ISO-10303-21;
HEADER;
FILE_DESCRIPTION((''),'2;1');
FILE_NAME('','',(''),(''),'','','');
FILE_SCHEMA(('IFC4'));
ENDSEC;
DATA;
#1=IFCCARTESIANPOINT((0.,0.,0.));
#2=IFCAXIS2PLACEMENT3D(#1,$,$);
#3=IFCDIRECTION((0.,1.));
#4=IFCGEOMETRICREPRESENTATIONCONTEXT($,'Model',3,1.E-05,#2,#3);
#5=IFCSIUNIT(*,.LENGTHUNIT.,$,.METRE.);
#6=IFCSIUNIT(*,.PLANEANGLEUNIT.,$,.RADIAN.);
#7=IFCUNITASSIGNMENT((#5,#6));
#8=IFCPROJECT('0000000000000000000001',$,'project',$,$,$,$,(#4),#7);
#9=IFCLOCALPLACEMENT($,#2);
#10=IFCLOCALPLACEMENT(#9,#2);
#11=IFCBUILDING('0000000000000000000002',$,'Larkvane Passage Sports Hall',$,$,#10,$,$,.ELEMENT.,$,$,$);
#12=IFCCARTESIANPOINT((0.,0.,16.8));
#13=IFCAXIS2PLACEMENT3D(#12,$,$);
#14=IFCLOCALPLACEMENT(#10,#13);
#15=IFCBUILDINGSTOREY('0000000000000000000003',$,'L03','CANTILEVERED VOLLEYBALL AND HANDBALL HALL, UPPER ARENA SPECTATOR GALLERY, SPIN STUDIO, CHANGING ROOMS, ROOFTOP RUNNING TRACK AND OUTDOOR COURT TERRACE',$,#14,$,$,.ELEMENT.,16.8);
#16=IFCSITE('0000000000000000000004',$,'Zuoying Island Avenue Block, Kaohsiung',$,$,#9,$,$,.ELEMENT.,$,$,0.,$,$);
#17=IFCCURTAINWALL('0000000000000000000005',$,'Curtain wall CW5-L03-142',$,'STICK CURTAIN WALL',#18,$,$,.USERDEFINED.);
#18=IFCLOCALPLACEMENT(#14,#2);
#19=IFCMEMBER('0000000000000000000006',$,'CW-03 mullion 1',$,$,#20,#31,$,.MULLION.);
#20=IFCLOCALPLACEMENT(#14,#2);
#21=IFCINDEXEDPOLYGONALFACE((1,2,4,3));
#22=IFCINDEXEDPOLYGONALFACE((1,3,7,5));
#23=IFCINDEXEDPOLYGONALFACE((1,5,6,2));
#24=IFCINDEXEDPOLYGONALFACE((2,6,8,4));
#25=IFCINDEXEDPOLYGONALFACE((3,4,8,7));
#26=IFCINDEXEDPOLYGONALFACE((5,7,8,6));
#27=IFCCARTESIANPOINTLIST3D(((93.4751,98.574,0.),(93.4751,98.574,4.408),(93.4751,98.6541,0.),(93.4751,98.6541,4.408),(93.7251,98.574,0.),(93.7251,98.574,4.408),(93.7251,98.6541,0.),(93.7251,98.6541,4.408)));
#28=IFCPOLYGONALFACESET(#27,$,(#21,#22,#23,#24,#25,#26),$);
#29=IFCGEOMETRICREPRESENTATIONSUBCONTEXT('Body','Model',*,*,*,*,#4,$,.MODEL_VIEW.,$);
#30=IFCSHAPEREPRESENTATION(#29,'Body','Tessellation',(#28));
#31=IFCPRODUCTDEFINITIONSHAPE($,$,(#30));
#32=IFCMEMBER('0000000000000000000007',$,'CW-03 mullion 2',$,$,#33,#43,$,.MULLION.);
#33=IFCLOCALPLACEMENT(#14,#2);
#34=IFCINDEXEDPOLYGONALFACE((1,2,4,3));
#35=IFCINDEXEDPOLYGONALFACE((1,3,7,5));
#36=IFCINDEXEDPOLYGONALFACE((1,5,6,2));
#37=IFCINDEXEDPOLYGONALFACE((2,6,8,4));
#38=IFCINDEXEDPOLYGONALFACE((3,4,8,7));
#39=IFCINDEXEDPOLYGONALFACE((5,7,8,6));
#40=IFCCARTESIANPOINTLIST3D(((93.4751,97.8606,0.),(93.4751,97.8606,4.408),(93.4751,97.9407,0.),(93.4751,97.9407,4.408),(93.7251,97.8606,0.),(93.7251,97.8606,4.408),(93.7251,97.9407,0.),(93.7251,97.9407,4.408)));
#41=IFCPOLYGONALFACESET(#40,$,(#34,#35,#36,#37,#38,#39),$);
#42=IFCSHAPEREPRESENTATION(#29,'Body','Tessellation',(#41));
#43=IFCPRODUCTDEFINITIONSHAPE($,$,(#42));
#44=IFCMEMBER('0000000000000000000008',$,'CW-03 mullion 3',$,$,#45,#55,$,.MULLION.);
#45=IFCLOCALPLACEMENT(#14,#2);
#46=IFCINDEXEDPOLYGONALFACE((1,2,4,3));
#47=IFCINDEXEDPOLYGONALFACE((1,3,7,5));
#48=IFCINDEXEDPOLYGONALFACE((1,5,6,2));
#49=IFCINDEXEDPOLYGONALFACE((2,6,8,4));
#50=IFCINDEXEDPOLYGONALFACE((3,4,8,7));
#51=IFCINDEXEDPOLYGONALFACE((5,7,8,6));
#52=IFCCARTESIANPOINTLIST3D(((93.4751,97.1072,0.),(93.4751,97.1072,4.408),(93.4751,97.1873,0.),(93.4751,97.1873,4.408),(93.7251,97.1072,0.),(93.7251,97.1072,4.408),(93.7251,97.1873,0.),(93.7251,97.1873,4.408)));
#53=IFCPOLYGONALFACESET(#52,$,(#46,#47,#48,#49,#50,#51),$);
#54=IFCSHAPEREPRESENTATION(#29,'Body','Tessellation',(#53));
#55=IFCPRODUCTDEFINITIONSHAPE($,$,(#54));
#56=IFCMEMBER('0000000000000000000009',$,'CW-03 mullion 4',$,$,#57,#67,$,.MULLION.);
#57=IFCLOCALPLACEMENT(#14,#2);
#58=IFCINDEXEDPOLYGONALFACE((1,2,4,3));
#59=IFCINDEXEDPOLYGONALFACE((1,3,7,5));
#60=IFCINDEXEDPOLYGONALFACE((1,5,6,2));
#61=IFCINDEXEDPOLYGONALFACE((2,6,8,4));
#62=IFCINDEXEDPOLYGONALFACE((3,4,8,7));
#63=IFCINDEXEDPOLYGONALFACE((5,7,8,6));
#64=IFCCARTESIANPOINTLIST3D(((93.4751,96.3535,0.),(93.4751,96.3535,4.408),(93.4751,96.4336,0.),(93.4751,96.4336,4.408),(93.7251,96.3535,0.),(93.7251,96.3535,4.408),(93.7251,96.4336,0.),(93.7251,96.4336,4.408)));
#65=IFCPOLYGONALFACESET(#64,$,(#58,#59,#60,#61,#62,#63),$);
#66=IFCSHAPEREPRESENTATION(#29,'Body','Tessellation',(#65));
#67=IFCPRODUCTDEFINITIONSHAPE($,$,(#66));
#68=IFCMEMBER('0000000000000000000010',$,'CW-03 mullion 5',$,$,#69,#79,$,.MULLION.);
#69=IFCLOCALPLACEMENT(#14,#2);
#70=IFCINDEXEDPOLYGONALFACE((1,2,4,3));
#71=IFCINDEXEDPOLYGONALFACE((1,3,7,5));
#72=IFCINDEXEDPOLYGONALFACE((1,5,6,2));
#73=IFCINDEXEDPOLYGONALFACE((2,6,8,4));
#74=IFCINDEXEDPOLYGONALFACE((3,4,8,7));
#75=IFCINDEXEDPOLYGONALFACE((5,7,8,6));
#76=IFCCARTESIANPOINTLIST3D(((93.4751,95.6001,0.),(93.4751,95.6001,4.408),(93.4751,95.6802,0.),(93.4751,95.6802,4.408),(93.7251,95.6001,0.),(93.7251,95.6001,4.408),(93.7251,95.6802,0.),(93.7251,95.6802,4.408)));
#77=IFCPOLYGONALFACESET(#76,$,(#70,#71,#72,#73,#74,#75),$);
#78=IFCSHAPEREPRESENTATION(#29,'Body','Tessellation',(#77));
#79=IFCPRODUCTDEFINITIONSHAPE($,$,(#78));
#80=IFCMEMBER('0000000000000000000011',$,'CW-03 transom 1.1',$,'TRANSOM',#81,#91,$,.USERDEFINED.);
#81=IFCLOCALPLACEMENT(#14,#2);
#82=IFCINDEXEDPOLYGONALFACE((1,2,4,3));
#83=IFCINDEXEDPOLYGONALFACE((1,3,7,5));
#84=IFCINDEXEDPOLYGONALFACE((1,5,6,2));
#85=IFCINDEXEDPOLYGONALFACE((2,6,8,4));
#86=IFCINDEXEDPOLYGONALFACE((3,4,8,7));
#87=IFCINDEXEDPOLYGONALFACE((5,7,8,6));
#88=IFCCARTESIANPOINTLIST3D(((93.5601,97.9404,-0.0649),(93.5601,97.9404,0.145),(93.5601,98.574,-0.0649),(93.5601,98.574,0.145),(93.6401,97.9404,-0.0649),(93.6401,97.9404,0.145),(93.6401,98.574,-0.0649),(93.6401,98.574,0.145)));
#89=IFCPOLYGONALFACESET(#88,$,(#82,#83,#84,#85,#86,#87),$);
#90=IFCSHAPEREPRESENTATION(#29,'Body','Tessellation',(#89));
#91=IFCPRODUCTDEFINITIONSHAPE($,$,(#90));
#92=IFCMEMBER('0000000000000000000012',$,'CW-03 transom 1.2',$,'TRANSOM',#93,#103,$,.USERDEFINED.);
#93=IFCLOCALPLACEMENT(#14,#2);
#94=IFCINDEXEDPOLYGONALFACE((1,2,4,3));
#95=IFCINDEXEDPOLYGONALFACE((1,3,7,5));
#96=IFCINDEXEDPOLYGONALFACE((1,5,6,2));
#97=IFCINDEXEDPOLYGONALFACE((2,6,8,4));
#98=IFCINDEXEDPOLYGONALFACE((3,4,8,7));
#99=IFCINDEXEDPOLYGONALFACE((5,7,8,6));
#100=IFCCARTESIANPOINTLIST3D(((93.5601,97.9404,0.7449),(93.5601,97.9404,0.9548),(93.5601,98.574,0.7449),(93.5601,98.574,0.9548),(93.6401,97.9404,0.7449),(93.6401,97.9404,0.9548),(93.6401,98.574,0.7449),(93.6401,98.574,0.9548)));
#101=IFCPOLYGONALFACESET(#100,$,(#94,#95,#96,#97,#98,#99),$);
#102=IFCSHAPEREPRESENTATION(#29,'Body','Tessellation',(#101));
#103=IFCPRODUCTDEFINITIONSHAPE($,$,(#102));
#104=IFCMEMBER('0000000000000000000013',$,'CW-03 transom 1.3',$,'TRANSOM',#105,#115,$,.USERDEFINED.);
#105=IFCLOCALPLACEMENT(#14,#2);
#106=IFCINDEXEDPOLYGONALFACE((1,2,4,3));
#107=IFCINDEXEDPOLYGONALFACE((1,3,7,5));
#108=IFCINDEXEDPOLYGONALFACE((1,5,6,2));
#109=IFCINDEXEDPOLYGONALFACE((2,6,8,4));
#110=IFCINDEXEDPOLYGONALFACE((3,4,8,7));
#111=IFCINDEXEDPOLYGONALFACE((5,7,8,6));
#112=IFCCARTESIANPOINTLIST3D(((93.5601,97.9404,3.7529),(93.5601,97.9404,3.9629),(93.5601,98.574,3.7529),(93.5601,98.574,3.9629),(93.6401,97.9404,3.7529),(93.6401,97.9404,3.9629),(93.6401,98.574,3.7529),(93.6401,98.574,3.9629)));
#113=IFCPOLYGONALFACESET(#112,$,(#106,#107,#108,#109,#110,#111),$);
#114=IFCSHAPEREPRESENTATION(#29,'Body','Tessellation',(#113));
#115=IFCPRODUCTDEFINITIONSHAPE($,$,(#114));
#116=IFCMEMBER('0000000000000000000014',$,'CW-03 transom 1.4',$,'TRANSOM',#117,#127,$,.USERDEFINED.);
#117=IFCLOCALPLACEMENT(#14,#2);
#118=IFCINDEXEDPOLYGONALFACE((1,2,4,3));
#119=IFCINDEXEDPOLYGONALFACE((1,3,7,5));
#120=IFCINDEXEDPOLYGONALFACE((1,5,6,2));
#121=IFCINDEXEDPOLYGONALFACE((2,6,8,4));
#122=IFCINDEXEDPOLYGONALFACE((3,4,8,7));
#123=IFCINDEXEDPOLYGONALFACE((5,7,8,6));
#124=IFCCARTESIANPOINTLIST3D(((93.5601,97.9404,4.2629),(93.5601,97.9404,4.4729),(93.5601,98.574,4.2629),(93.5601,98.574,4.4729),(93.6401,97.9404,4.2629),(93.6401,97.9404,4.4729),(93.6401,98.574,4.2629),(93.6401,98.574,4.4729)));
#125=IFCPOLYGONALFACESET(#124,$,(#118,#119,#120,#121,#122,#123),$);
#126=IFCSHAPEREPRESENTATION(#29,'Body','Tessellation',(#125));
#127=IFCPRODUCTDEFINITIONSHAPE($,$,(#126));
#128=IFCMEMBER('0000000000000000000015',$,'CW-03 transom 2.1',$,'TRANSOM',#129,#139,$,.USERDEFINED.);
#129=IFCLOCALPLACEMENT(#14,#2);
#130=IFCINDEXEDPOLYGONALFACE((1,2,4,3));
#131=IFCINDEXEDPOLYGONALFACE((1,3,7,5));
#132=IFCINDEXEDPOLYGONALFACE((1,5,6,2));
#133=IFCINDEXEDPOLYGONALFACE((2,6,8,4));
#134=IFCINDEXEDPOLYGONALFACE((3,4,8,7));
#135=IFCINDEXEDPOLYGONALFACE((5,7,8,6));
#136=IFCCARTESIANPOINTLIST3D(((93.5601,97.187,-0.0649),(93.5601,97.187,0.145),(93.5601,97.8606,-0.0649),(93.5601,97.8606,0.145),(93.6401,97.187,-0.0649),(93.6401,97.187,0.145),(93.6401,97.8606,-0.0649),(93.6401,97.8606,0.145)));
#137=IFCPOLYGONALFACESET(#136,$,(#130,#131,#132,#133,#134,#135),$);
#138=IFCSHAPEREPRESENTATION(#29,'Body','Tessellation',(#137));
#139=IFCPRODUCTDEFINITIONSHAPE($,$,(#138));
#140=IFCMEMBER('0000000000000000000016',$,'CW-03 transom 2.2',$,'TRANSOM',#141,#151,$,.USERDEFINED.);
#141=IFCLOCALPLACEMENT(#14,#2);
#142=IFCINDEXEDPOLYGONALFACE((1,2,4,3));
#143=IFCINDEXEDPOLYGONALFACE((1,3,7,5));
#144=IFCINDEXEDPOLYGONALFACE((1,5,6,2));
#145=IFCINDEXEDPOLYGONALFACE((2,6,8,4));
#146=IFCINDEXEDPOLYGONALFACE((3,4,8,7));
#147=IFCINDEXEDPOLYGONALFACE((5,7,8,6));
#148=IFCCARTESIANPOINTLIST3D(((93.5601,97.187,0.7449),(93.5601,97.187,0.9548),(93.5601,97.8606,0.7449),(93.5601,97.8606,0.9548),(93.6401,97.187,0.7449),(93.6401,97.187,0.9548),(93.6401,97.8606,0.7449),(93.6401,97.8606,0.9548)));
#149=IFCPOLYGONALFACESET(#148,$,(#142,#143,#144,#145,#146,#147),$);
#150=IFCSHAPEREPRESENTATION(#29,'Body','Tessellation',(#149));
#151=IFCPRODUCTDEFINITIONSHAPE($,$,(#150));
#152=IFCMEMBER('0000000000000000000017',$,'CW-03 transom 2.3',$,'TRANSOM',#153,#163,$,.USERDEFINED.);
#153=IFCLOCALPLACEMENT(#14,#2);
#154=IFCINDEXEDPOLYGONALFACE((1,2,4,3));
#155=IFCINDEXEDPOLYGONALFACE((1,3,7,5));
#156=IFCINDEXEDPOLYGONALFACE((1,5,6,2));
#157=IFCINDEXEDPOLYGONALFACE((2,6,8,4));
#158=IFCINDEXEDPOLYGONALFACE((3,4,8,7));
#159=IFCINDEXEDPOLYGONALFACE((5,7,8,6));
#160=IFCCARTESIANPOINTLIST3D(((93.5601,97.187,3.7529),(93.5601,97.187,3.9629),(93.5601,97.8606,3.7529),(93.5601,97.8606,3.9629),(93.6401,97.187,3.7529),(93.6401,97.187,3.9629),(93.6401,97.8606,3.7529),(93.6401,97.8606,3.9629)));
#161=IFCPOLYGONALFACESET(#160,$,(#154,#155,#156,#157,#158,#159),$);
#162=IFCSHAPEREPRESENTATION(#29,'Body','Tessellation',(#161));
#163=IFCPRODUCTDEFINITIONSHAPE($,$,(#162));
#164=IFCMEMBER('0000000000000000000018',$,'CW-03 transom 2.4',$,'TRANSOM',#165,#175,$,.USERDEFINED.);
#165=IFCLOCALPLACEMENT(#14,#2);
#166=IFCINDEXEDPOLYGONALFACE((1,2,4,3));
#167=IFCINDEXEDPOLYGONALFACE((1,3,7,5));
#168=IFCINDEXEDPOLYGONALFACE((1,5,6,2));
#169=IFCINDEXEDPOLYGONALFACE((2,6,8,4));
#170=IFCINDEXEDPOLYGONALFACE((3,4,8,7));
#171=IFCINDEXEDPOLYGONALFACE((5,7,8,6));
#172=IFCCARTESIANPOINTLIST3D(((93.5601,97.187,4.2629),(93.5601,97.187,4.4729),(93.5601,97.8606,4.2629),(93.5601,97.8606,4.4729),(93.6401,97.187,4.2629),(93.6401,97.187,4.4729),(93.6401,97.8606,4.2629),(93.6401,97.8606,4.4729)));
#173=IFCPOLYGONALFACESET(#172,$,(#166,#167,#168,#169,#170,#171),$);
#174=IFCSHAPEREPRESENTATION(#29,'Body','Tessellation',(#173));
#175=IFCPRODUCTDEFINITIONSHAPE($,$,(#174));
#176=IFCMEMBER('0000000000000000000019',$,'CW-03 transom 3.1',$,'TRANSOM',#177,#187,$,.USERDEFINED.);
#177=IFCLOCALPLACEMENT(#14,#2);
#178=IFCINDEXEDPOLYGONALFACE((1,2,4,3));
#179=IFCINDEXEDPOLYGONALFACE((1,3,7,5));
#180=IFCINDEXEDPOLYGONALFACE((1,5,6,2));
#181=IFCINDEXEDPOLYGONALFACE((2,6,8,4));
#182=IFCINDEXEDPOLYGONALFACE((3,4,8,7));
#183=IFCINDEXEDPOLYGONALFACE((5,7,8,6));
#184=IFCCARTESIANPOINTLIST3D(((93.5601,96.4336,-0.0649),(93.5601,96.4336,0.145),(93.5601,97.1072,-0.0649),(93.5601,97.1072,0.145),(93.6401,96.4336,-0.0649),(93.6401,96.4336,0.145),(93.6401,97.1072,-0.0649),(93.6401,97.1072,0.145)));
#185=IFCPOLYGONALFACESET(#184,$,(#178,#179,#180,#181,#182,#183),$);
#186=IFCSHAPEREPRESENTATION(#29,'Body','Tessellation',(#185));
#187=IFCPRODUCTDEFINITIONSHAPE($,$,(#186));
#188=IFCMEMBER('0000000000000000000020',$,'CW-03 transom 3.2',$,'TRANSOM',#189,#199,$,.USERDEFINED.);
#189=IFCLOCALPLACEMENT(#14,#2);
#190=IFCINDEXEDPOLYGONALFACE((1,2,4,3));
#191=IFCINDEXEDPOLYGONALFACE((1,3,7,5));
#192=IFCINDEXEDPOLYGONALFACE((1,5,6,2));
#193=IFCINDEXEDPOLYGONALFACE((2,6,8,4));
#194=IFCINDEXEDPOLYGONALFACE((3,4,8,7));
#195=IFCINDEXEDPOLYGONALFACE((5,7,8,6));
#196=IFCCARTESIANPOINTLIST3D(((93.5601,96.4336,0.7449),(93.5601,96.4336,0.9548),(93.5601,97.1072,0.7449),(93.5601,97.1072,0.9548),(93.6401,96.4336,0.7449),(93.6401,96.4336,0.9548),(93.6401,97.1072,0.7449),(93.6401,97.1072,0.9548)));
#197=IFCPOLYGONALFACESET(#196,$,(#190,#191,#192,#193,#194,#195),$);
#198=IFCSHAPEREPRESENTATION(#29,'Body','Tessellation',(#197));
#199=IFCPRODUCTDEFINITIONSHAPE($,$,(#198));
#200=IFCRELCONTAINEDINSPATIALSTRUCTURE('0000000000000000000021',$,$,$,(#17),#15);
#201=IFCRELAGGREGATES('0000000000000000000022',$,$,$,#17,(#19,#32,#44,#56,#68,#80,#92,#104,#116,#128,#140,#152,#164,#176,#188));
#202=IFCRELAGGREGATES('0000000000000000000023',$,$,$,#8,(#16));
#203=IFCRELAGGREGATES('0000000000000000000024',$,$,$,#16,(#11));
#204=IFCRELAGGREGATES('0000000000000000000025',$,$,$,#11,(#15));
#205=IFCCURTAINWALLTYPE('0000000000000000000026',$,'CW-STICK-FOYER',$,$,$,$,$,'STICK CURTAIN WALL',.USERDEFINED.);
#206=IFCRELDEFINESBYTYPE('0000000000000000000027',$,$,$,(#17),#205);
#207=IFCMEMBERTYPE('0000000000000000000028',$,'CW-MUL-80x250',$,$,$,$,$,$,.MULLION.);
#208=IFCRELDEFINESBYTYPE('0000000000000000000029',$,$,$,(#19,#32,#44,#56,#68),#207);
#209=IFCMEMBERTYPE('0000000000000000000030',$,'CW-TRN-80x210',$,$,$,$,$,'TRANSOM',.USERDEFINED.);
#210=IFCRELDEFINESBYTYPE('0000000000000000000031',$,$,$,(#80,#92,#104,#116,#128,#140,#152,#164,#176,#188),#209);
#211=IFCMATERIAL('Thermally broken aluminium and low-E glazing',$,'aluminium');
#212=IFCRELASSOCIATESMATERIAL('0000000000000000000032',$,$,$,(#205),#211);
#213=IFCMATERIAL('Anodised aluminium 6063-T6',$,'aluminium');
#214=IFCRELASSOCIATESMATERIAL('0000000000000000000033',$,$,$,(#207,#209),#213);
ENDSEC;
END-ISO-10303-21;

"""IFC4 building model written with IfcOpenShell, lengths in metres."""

from ifc_helpers import new_model, si_unit, direction, frame, origin, origin_2d, place, context, subcontext, project, spatial, rectangle, extrude, material, material_profile, profile_set, type_object, element, aggregate, save


model = new_model("IFC4")

# Units and contexts
model_context = context("Model", 3, precision=1e-05, world=origin(), true_north=direction((0.0, 1.0)))
body_context = subcontext(model_context, "Body", "Model", "MODEL_VIEW")
ifc_project = project(units=[si_unit("LENGTHUNIT", "METRE"), si_unit("PLANEANGLEUNIT", "RADIAN")], contexts=[model_context])

# Site, building, storey
site_placement = place(None, origin())
site = spatial("IfcSite", under=ifc_project, at=site_placement, Name="Zuoying Island Avenue Block, Kaohsiung", CompositionType="ELEMENT", RefElevation=0.0)
building_placement = place(site_placement, origin())
building = spatial("IfcBuilding", under=site, at=building_placement, Name="Larkvane Passage Sports Hall", CompositionType="ELEMENT")
storey_placement = place(building_placement, frame((0.0, 0.0, 16.8)))
storey = spatial("IfcBuildingStorey", under=building, at=storey_placement, Name="L03", Description="CANTILEVERED VOLLEYBALL AND HANDBALL HALL, UPPER ARENA SPECTATOR GALLERY, SPIN STUDIO, CHANGING ROOMS, ROOFTOP RUNNING TRACK AND OUTDOOR COURT TERRACE", CompositionType="ELEMENT", Elevation=16.8)

# Curtain wall, members
ifc_material_1 = material(Name="Thermally broken aluminium and low-E glazing", Category="aluminium")
curtain_wall_type = type_object("IfcCurtainWallType", Name="CW-STICK-FOYER", ElementType="STICK CURTAIN WALL", PredefinedType="USERDEFINED", material=ifc_material_1)
curtain_wall_placement = place(storey_placement, origin())
curtain_wall = element("IfcCurtainWall", 1, at=curtain_wall_placement, inside=storey, type_object=curtain_wall_type, Name="Curtain wall CW5-L03-142", ObjectType="STICK CURTAIN WALL", PredefinedType="USERDEFINED")
ifc_material_2 = material(Name="Anodised aluminium 6063-T6", Category="aluminium")
ifc_material_profile_1 = material_profile(ifc_material_2, rectangle(XDim=0.0801, YDim=0.25, at=origin_2d()), Name="ALU-MUL-80x250")
ifc_profile_set_1 = profile_set([ifc_material_profile_1], Name="Anodised aluminium 6063-T6")
member_type_1 = type_object("IfcMemberType", Name="CW-MUL-80x250", PredefinedType="MULLION", material=ifc_profile_set_1)
member_1_placement = place(storey_placement, frame((93.6001, 98.614, 0.0), z_axis=(0.0, 0.0, 1.0), x_axis=(0.0, -1.0, 0.0)))
member_1 = element("IfcMember", 2, at=member_1_placement, type_object=member_type_1, Name="CW-03 mullion 1", PredefinedType="MULLION", context=body_context, shape_type="SweptSolid", body=[
    extrude(rectangle(XDim=0.0801, YDim=0.25, at=origin_2d()), origin(), (0.0, 0.0, 1.0), 4.408),
])
member_2_placement = place(storey_placement, frame((93.6001, 97.9006, 0.0), z_axis=(0.0, 0.0, 1.0), x_axis=(0.0, -1.0, 0.0)))
member_2 = element("IfcMember", 3, at=member_2_placement, type_object=member_type_1, Name="CW-03 mullion 2", PredefinedType="MULLION", context=body_context, shape_type="SweptSolid", body=[
    extrude(rectangle(XDim=0.0801, YDim=0.25, at=origin_2d()), origin(), (0.0, 0.0, 1.0), 4.408),
])
member_3_placement = place(storey_placement, frame((93.6001, 97.1472, 0.0), z_axis=(0.0, 0.0, 1.0), x_axis=(0.0, -1.0, 0.0)))
member_3 = element("IfcMember", 4, at=member_3_placement, type_object=member_type_1, Name="CW-03 mullion 3", PredefinedType="MULLION", context=body_context, shape_type="SweptSolid", body=[
    extrude(rectangle(XDim=0.0801, YDim=0.25, at=origin_2d()), origin(), (0.0, 0.0, 1.0), 4.408),
])
member_4_placement = place(storey_placement, frame((93.6001, 96.3936, 0.0), z_axis=(0.0, 0.0, 1.0), x_axis=(0.0, -1.0, 0.0)))
member_4 = element("IfcMember", 5, at=member_4_placement, type_object=member_type_1, Name="CW-03 mullion 4", PredefinedType="MULLION", context=body_context, shape_type="SweptSolid", body=[
    extrude(rectangle(XDim=0.0801, YDim=0.25, at=origin_2d()), origin(), (0.0, 0.0, 1.0), 4.408),
])
member_5_placement = place(storey_placement, frame((93.6001, 95.6401, 0.0), z_axis=(0.0, 0.0, 1.0), x_axis=(0.0, -1.0, 0.0)))
member_5 = element("IfcMember", 6, at=member_5_placement, type_object=member_type_1, Name="CW-03 mullion 5", PredefinedType="MULLION", context=body_context, shape_type="SweptSolid", body=[
    extrude(rectangle(XDim=0.0801, YDim=0.25, at=origin_2d()), origin(), (0.0, 0.0, 1.0), 4.408),
])
ifc_material_profile_2 = material_profile(ifc_material_2, rectangle(XDim=0.0801, YDim=0.21, at=origin_2d()), Name="ALU-TRN-80x210")
ifc_profile_set_2 = profile_set([ifc_material_profile_2], Name="Anodised aluminium 6063-T6")
member_type_2 = type_object("IfcMemberType", Name="CW-TRN-80x210", ElementType="TRANSOM", PredefinedType="USERDEFINED", material=ifc_profile_set_2)
member_6_placement = place(storey_placement, frame((93.6001, 98.574, 0.04), z_axis=(0.0, -1.0, 0.0), x_axis=(1.0, 0.0, 0.0)))
member_6 = element("IfcMember", 7, at=member_6_placement, type_object=member_type_2, Name="CW-03 transom 1.1", ObjectType="TRANSOM", PredefinedType="USERDEFINED", context=body_context, shape_type="SweptSolid", body=[
    extrude(rectangle(XDim=0.0801, YDim=0.21, at=origin_2d()), origin(), (0.0, 0.0, 1.0), 0.6335),
])
member_7_placement = place(storey_placement, frame((93.6001, 98.574, 0.8499), z_axis=(0.0, -1.0, 0.0), x_axis=(1.0, 0.0, 0.0)))
member_7 = element("IfcMember", 8, at=member_7_placement, type_object=member_type_2, Name="CW-03 transom 1.2", ObjectType="TRANSOM", PredefinedType="USERDEFINED", context=body_context, shape_type="SweptSolid", body=[
    extrude(rectangle(XDim=0.0801, YDim=0.21, at=origin_2d()), origin(), (0.0, 0.0, 1.0), 0.6335),
])
member_8_placement = place(storey_placement, frame((93.6001, 98.574, 3.8579), z_axis=(0.0, -1.0, 0.0), x_axis=(1.0, 0.0, 0.0)))
member_8 = element("IfcMember", 9, at=member_8_placement, type_object=member_type_2, Name="CW-03 transom 1.3", ObjectType="TRANSOM", PredefinedType="USERDEFINED", context=body_context, shape_type="SweptSolid", body=[
    extrude(rectangle(XDim=0.0801, YDim=0.21, at=origin_2d()), origin(), (0.0, 0.0, 1.0), 0.6335),
])
member_9_placement = place(storey_placement, frame((93.6001, 98.574, 4.3679), z_axis=(0.0, -1.0, 0.0), x_axis=(1.0, 0.0, 0.0)))
member_9 = element("IfcMember", 10, at=member_9_placement, type_object=member_type_2, Name="CW-03 transom 1.4", ObjectType="TRANSOM", PredefinedType="USERDEFINED", context=body_context, shape_type="SweptSolid", body=[
    extrude(rectangle(XDim=0.0801, YDim=0.21, at=origin_2d()), origin(), (0.0, 0.0, 1.0), 0.6335),
])
member_10_placement = place(storey_placement, frame((93.6001, 97.8606, 0.04), z_axis=(0.0, -1.0, 0.0), x_axis=(1.0, 0.0, 0.0)))
member_10 = element("IfcMember", 11, at=member_10_placement, type_object=member_type_2, Name="CW-03 transom 2.1", ObjectType="TRANSOM", PredefinedType="USERDEFINED", context=body_context, shape_type="SweptSolid", body=[
    extrude(rectangle(XDim=0.0801, YDim=0.21, at=origin_2d()), origin(), (0.0, 0.0, 1.0), 0.6736),
])
member_11_placement = place(storey_placement, frame((93.6001, 97.8606, 0.8499), z_axis=(0.0, -1.0, 0.0), x_axis=(1.0, 0.0, 0.0)))
member_11 = element("IfcMember", 12, at=member_11_placement, type_object=member_type_2, Name="CW-03 transom 2.2", ObjectType="TRANSOM", PredefinedType="USERDEFINED", context=body_context, shape_type="SweptSolid", body=[
    extrude(rectangle(XDim=0.0801, YDim=0.21, at=origin_2d()), origin(), (0.0, 0.0, 1.0), 0.6736),
])
member_12_placement = place(storey_placement, frame((93.6001, 97.8606, 3.8579), z_axis=(0.0, -1.0, 0.0), x_axis=(1.0, 0.0, 0.0)))
member_12 = element("IfcMember", 13, at=member_12_placement, type_object=member_type_2, Name="CW-03 transom 2.3", ObjectType="TRANSOM", PredefinedType="USERDEFINED", context=body_context, shape_type="SweptSolid", body=[
    extrude(rectangle(XDim=0.0801, YDim=0.21, at=origin_2d()), origin(), (0.0, 0.0, 1.0), 0.6736),
])
member_13_placement = place(storey_placement, frame((93.6001, 97.8606, 4.3679), z_axis=(0.0, -1.0, 0.0), x_axis=(1.0, 0.0, 0.0)))
member_13 = element("IfcMember", 14, at=member_13_placement, type_object=member_type_2, Name="CW-03 transom 2.4", ObjectType="TRANSOM", PredefinedType="USERDEFINED", context=body_context, shape_type="SweptSolid", body=[
    extrude(rectangle(XDim=0.0801, YDim=0.21, at=origin_2d()), origin(), (0.0, 0.0, 1.0), 0.6736),
])
member_14_placement = place(storey_placement, frame((93.6001, 97.1072, 0.04), z_axis=(0.0, -1.0, 0.0), x_axis=(1.0, 0.0, 0.0)))
member_14 = element("IfcMember", 15, at=member_14_placement, type_object=member_type_2, Name="CW-03 transom 3.1", ObjectType="TRANSOM", PredefinedType="USERDEFINED", context=body_context, shape_type="SweptSolid", body=[
    extrude(rectangle(XDim=0.0801, YDim=0.21, at=origin_2d()), origin(), (0.0, 0.0, 1.0), 0.6736),
])
member_15_placement = place(storey_placement, frame((93.6001, 97.1072, 0.8499), z_axis=(0.0, -1.0, 0.0), x_axis=(1.0, 0.0, 0.0)))
member_15 = element("IfcMember", 16, at=member_15_placement, type_object=member_type_2, Name="CW-03 transom 3.2", ObjectType="TRANSOM", PredefinedType="USERDEFINED", context=body_context, shape_type="SweptSolid", body=[
    extrude(rectangle(XDim=0.0801, YDim=0.21, at=origin_2d()), origin(), (0.0, 0.0, 1.0), 0.6736),
])
aggregate(curtain_wall, [member_1, member_2, member_3, member_4, member_5, member_6, member_7, member_8, member_9, member_10, member_11, member_12, member_13, member_14, member_15])

save(model, "model.ifc")
